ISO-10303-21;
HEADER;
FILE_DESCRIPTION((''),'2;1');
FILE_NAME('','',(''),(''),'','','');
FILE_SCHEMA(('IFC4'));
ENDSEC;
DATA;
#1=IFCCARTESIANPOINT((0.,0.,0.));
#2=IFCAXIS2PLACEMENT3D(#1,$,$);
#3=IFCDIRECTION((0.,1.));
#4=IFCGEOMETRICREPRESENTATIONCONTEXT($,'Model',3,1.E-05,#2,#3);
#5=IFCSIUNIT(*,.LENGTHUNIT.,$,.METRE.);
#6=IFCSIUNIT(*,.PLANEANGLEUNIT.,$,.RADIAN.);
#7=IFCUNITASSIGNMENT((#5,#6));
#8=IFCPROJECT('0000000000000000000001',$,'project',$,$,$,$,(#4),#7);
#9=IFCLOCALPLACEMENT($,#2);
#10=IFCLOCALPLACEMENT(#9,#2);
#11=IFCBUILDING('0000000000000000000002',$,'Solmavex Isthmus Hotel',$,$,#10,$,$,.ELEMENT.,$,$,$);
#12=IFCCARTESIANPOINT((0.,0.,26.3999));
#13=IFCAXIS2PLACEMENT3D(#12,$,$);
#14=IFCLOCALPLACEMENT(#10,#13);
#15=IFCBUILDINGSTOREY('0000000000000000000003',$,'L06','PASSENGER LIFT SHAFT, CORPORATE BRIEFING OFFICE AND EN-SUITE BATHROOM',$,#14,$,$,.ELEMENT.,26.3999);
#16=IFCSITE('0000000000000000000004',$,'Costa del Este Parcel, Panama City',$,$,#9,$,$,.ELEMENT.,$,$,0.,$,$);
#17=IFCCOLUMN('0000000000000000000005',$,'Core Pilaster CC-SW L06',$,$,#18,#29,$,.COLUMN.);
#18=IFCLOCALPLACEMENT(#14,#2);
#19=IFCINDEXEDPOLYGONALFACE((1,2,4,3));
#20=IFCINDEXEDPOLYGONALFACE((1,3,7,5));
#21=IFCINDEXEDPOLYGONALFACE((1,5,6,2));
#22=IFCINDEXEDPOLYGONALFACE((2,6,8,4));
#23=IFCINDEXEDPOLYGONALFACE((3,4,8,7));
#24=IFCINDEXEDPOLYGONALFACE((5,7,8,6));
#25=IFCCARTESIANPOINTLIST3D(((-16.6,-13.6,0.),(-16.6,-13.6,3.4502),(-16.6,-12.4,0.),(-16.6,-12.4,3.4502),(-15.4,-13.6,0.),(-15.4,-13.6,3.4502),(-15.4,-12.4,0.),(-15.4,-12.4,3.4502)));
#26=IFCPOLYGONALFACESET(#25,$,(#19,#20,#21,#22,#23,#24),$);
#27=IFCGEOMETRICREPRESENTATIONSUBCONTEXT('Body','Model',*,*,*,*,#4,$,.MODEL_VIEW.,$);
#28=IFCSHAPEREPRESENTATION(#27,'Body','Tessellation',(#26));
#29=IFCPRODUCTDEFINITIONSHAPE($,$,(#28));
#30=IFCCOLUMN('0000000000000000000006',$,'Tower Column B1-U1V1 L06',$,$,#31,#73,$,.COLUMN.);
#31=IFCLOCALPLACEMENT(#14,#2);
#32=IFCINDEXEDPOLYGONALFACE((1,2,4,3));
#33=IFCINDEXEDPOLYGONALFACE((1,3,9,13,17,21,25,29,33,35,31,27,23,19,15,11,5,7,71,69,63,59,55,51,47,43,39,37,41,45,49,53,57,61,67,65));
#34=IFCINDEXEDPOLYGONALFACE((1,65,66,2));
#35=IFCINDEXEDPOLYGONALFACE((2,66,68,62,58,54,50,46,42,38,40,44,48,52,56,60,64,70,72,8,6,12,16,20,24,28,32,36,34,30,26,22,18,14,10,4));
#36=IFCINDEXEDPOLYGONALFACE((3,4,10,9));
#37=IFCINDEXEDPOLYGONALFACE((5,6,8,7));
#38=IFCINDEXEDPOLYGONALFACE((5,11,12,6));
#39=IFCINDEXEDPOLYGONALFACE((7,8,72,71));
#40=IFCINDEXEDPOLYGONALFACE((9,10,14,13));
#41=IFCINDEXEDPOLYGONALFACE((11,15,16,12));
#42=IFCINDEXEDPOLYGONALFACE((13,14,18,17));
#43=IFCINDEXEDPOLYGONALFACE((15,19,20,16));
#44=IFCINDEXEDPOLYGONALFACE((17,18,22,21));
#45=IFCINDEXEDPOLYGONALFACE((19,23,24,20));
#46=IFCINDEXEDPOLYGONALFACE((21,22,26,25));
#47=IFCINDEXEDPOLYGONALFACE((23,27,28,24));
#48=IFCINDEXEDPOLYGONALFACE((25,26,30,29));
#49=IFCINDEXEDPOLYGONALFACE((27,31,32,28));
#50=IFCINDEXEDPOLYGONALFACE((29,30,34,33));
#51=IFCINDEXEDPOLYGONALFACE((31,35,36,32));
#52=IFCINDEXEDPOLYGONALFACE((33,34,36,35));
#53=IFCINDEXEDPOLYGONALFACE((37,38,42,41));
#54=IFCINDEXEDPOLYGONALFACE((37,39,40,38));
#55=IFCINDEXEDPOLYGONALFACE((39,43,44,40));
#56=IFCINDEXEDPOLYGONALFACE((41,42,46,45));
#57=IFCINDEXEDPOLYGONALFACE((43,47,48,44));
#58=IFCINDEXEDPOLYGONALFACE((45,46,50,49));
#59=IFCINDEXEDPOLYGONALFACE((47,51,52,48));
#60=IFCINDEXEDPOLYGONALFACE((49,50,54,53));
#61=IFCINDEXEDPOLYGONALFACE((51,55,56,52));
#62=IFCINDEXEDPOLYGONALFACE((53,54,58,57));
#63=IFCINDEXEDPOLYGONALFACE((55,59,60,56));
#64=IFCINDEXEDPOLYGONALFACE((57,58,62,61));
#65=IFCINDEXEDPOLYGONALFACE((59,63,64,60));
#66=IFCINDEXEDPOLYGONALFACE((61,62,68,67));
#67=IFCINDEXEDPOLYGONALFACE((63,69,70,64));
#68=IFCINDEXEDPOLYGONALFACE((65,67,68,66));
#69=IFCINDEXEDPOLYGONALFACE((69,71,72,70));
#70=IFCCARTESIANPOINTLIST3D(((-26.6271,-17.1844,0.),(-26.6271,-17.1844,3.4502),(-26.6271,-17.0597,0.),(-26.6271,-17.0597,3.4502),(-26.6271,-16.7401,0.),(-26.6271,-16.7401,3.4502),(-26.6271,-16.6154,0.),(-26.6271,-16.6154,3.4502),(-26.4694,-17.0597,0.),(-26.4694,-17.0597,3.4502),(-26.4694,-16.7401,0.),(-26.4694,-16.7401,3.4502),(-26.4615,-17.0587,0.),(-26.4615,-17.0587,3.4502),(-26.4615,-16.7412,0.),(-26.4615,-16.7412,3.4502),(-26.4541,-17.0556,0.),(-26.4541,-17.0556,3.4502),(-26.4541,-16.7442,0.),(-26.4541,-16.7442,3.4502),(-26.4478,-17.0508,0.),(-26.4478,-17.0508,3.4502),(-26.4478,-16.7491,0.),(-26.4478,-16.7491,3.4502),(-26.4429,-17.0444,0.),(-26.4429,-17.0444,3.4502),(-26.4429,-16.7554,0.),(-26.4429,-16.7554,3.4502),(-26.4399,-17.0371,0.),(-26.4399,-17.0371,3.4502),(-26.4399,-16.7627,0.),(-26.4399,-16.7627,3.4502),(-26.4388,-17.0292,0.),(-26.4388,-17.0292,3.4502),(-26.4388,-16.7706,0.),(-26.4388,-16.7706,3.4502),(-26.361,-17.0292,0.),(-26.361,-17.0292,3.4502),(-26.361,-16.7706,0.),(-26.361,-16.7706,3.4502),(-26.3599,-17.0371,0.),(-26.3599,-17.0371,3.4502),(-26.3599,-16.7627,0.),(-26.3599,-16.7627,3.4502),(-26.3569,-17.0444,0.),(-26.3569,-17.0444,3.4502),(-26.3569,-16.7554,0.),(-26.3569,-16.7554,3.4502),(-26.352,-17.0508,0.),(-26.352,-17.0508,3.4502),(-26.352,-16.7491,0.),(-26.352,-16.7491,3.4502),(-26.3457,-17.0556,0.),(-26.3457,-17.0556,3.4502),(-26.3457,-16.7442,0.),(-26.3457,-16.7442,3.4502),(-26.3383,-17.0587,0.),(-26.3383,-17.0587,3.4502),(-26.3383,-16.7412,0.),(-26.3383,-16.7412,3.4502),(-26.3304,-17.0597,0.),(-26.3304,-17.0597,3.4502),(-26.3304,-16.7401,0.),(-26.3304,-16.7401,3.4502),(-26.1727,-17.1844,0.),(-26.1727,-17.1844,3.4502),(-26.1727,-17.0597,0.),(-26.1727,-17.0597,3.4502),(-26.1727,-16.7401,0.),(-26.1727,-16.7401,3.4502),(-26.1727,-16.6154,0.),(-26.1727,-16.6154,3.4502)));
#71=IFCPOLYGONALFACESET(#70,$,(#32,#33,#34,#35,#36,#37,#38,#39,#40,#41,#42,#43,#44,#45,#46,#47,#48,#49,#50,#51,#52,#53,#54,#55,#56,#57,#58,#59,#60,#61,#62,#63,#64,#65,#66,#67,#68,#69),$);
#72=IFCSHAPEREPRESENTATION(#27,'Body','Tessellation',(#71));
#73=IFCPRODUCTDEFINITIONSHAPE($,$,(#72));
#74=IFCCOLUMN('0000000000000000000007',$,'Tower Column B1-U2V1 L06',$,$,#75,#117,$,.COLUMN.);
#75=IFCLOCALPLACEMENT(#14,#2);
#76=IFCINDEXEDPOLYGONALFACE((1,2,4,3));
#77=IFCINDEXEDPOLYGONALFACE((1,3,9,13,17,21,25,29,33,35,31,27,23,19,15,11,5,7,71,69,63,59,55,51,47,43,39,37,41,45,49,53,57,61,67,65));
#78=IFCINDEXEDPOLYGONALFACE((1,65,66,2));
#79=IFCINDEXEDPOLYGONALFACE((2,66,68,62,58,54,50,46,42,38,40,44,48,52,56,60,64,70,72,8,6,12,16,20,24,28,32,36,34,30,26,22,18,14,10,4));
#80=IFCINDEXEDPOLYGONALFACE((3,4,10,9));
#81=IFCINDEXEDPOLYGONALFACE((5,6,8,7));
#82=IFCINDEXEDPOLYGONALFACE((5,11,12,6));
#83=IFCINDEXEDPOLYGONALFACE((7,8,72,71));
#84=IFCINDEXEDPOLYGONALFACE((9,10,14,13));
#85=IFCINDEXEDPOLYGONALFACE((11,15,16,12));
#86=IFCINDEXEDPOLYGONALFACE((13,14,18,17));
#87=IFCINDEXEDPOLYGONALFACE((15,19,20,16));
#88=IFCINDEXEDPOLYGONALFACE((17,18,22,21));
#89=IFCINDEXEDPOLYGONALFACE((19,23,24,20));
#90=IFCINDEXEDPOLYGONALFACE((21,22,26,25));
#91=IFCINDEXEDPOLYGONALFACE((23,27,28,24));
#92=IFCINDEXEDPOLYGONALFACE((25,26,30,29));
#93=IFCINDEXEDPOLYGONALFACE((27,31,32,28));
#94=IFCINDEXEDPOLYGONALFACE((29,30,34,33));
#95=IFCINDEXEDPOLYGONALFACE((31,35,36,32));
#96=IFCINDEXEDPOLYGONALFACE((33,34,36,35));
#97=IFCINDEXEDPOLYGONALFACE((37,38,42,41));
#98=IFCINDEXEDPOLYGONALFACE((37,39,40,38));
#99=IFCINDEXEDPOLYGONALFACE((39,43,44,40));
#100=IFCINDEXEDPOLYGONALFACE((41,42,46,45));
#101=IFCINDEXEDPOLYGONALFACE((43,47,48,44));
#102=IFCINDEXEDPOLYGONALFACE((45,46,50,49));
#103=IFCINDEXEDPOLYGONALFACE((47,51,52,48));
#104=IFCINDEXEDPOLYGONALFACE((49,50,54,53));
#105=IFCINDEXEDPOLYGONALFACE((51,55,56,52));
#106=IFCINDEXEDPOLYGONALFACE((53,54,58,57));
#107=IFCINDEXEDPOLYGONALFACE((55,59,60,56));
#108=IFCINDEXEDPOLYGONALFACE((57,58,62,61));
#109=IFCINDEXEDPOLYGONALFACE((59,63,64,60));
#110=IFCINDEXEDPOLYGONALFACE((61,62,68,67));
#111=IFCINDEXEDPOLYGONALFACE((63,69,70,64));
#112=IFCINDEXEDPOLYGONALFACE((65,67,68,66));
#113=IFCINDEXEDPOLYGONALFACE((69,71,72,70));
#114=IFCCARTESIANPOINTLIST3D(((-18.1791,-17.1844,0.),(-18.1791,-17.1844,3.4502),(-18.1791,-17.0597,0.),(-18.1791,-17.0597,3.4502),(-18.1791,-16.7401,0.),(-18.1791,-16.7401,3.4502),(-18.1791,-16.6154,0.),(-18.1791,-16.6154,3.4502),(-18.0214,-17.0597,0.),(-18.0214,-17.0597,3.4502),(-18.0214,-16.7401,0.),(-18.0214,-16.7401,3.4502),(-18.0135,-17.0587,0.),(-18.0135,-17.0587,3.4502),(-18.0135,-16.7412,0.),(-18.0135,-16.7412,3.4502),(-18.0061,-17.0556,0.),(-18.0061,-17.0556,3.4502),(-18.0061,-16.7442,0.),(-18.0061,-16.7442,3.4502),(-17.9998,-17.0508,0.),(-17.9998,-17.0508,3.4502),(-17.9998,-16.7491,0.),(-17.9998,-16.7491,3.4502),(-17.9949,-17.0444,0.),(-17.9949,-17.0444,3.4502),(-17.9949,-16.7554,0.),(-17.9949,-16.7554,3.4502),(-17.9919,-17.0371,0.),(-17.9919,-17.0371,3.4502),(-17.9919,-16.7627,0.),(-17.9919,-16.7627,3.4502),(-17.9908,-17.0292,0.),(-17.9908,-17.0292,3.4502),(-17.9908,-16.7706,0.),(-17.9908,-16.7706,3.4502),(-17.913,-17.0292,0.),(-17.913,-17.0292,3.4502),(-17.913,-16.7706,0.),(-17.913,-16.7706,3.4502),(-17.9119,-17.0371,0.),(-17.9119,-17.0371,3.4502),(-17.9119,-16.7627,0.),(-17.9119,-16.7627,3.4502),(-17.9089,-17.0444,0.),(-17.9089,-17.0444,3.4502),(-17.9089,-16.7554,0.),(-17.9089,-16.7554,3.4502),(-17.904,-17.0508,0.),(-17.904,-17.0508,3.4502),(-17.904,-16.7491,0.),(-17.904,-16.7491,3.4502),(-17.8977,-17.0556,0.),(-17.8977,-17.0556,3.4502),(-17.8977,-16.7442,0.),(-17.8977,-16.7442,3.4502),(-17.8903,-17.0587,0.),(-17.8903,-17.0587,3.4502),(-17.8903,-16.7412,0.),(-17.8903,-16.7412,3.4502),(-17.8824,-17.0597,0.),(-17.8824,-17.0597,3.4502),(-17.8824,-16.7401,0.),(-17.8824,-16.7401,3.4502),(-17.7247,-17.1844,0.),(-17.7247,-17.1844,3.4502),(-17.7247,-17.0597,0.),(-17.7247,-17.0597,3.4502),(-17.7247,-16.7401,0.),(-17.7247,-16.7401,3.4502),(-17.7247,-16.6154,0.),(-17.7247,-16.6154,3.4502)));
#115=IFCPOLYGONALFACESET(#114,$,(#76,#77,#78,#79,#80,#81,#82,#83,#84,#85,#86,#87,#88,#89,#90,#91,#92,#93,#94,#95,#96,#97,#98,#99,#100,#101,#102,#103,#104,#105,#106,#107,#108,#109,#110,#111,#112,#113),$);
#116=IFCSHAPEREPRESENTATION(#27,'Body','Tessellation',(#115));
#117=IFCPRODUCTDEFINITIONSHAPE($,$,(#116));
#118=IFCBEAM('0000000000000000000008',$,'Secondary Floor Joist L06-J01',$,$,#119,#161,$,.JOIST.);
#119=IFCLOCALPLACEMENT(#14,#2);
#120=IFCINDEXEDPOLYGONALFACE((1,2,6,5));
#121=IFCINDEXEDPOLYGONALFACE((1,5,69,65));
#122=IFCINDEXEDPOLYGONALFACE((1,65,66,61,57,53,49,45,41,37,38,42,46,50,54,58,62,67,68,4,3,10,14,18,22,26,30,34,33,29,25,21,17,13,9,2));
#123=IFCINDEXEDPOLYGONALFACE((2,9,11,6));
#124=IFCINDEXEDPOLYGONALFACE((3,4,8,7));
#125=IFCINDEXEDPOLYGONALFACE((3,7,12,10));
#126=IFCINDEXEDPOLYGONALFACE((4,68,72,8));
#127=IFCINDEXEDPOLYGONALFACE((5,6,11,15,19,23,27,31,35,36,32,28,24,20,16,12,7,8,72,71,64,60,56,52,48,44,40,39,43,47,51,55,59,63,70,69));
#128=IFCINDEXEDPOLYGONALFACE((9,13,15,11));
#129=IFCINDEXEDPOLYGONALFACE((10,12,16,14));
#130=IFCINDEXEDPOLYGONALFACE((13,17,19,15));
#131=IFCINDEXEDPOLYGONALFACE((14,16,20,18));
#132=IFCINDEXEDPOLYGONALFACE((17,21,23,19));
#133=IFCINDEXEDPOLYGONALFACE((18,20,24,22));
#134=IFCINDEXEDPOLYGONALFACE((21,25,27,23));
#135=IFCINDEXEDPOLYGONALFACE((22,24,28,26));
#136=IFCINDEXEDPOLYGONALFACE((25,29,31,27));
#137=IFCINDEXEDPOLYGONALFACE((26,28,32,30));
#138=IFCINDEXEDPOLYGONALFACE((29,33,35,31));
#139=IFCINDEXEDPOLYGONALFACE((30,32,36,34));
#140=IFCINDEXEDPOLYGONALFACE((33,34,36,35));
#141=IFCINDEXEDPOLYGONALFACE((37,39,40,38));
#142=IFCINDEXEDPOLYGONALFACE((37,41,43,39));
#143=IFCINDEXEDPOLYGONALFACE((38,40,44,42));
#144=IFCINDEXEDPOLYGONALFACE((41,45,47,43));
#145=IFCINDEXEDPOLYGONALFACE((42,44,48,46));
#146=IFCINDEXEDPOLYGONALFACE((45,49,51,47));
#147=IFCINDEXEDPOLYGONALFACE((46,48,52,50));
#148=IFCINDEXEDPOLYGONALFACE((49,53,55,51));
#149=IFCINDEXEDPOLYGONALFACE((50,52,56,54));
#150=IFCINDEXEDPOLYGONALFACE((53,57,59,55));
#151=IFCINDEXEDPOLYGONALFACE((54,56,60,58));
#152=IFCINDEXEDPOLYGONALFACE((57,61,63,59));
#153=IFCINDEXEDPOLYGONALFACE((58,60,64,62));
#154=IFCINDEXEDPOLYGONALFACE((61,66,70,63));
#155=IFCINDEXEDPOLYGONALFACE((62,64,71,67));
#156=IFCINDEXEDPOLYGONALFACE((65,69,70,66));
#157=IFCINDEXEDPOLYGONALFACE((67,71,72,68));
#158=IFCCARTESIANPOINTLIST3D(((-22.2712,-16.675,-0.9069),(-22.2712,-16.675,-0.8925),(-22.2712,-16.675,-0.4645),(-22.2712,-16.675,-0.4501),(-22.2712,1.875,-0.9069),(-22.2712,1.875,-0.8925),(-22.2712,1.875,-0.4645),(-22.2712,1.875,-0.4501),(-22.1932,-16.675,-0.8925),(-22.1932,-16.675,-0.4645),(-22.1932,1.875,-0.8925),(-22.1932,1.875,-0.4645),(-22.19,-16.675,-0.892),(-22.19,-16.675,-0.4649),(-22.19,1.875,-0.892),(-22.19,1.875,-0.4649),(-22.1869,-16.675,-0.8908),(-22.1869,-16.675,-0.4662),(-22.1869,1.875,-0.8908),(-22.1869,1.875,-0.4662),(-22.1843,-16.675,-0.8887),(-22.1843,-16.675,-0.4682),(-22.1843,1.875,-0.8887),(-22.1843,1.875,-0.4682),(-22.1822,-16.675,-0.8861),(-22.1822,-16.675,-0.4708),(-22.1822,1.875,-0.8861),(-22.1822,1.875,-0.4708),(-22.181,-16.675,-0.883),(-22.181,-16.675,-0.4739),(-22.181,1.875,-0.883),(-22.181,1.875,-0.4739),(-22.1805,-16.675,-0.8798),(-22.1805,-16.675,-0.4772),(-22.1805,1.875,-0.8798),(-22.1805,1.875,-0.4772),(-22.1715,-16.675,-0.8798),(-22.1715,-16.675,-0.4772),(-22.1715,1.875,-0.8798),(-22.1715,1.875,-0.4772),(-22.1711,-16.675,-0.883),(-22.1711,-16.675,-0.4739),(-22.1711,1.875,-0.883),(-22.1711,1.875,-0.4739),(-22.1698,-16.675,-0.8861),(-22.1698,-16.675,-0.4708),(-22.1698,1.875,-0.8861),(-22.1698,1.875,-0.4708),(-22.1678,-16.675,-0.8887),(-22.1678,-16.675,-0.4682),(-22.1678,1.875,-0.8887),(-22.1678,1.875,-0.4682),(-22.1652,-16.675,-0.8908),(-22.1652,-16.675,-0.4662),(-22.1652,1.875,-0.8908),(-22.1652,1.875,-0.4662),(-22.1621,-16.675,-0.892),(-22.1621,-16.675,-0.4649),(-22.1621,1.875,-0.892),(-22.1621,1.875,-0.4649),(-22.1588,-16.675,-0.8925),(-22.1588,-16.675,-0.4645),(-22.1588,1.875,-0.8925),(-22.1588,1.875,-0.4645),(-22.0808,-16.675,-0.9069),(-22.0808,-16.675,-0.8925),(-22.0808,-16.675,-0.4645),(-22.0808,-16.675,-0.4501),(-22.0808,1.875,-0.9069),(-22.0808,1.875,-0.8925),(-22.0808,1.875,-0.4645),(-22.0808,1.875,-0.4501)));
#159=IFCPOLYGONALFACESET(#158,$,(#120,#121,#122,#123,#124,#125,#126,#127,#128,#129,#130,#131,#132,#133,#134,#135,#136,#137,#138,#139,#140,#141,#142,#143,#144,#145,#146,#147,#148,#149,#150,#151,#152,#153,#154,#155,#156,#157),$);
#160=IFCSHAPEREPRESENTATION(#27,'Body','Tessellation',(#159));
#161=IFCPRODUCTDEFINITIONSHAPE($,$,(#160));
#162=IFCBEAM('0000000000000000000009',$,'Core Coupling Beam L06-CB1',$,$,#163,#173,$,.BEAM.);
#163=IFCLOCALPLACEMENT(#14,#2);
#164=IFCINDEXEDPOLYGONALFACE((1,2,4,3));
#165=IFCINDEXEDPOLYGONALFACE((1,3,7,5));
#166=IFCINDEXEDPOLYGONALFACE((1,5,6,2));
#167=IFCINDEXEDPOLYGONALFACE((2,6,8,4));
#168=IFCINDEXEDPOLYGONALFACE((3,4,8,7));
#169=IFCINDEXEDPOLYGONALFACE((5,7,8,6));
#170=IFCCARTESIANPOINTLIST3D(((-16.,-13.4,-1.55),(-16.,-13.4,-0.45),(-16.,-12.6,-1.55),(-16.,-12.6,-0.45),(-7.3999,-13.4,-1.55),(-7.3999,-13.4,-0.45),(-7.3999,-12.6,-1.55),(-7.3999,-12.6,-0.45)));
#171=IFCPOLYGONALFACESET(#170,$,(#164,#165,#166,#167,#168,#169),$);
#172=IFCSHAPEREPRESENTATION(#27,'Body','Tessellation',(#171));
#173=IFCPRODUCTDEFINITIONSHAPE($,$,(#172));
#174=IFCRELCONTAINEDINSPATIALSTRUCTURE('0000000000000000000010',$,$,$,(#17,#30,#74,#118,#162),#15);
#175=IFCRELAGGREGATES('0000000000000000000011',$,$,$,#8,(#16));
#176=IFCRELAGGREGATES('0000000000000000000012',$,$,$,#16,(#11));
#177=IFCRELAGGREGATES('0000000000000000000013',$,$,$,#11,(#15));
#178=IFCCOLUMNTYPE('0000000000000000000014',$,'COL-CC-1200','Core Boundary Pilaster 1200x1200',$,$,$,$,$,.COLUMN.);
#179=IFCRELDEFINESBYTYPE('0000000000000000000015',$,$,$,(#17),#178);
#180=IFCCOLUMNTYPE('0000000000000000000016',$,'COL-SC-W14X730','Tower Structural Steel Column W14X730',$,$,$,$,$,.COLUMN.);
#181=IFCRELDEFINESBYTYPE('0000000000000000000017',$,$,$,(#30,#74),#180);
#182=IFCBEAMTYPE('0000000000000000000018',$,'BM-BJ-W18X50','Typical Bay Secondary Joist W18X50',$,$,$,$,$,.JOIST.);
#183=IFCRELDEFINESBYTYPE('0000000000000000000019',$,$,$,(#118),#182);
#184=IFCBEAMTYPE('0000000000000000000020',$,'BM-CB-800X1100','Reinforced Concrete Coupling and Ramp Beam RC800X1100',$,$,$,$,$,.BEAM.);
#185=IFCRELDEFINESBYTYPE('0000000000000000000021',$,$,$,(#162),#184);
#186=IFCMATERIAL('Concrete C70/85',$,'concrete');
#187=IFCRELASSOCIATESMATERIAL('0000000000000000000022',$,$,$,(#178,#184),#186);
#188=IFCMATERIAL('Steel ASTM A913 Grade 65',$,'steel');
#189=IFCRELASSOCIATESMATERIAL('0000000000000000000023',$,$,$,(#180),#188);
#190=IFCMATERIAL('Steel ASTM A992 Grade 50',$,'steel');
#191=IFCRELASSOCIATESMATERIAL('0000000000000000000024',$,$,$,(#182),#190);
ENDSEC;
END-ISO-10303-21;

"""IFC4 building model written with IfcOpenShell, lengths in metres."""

from ifc_helpers import new_model, si_unit, direction, frame, origin, origin_2d, place, context, subcontext, project, spatial, rectangle, i_section, extrude, material, material_profile, profile_set, type_object, element, save


model = new_model("IFC4")

# Units and contexts
model_context = context("Model", 3, precision=1e-05, world=origin(), true_north=direction((0.0, 1.0)))
body_context = subcontext(model_context, "Body", "Model", "MODEL_VIEW")
ifc_project = project(units=[si_unit("LENGTHUNIT", "METRE"), si_unit("PLANEANGLEUNIT", "RADIAN")], contexts=[model_context])

# Site, building, storey
site_placement = place(None, origin())
site = spatial("IfcSite", under=ifc_project, at=site_placement, Name="Costa del Este Parcel, Panama City", CompositionType="ELEMENT", RefElevation=0.0)
building_placement = place(site_placement, origin())
building = spatial("IfcBuilding", under=site, at=building_placement, Name="Solmavex Isthmus Hotel", CompositionType="ELEMENT")
storey_placement = place(building_placement, frame((0.0, 0.0, 26.3999)))
storey = spatial("IfcBuildingStorey", under=building, at=storey_placement, Name="L06", Description="PASSENGER LIFT SHAFT, CORPORATE BRIEFING OFFICE AND EN-SUITE BATHROOM", CompositionType="ELEMENT", Elevation=26.3999)

# Columns
ifc_material_1 = material(Name="Concrete C70/85", Category="concrete")
ifc_material_profile_1 = material_profile(ifc_material_1, rectangle(XDim=1.2, YDim=1.2, at=origin_2d()), Name="RC1200X1200")
ifc_profile_set_1 = profile_set([ifc_material_profile_1], Name="Concrete C70/85")
column_type_1 = type_object("IfcColumnType", Name="COL-CC-1200", Description="Core Boundary Pilaster 1200x1200", PredefinedType="COLUMN", material=ifc_profile_set_1)
column_placement = place(storey_placement, frame((-16.0, -13.0, 0.0), z_axis=(0.0, 0.0, 1.0), x_axis=(1.0, 0.0, 0.0)))
element("IfcColumn", 1, at=column_placement, inside=storey, type_object=column_type_1, Name="Core Pilaster CC-SW L06", PredefinedType="COLUMN", context=body_context, shape_type="SweptSolid", body=[
    extrude(rectangle(XDim=1.2, YDim=1.2, at=origin_2d()), origin(), (0.0, 0.0, 1.0), 3.4502),
])
ifc_material_2 = material(Name="Steel ASTM A913 Grade 65", Category="steel")
ifc_material_profile_2 = material_profile(ifc_material_2, i_section(OverallWidth=0.4543, OverallDepth=0.5691, WebThickness=0.0779, FlangeThickness=0.1248, FilletRadius=0.0305, at=origin_2d()), Name="W14X730")
ifc_profile_set_2 = profile_set([ifc_material_profile_2], Name="Steel ASTM A913 Grade 65")
column_type_2 = type_object("IfcColumnType", Name="COL-SC-W14X730", Description="Tower Structural Steel Column W14X730", PredefinedType="COLUMN", material=ifc_profile_set_2)
for number, where, z_axis, x_axis, name in (
    (2, (-26.3999, -16.8999, 0.0), (0.0, 0.0, 1.0), (1.0, 0.0, 0.0), "Tower Column B1-U1V1 L06"),
    (3, (-17.9519, -16.8999, 0.0), (0.0, 0.0, 1.0), (1.0, 0.0, 0.0), "Tower Column B1-U2V1 L06"),
):
    element("IfcColumn", number, at=place(storey_placement, frame(where, z_axis=z_axis, x_axis=x_axis)), inside=storey, type_object=column_type_2, Name=name, PredefinedType="COLUMN", context=body_context, shape_type="SweptSolid", body=[
        extrude(i_section(OverallWidth=0.4543, OverallDepth=0.5691, WebThickness=0.0779, FlangeThickness=0.1248, FilletRadius=0.0305, at=origin_2d()), origin(), (0.0, 0.0, 1.0), 3.4502),
    ])

# Beams
ifc_material_3 = material(Name="Steel ASTM A992 Grade 50", Category="steel")
ifc_material_profile_3 = material_profile(ifc_material_3, i_section(OverallWidth=0.1904, OverallDepth=0.4568, WebThickness=0.009, FlangeThickness=0.0144, FilletRadius=0.0127, at=origin_2d()), Name="W18X50")
ifc_profile_set_3 = profile_set([ifc_material_profile_3], Name="Steel ASTM A992 Grade 50")
beam_type_1 = type_object("IfcBeamType", Name="BM-BJ-W18X50", Description="Typical Bay Secondary Joist W18X50", PredefinedType="JOIST", material=ifc_profile_set_3)
beam_1_placement = place(storey_placement, frame((-22.176, -16.675, -0.6785), z_axis=(0.0, 1.0, 0.0), x_axis=(-1.0, 0.0, 0.0)))
element("IfcBeam", 4, at=beam_1_placement, inside=storey, type_object=beam_type_1, Name="Secondary Floor Joist L06-J01", PredefinedType="JOIST", context=body_context, shape_type="SweptSolid", body=[
    extrude(i_section(OverallWidth=0.1904, OverallDepth=0.4568, WebThickness=0.009, FlangeThickness=0.0144, FilletRadius=0.0127, at=origin_2d()), origin(), (0.0, 0.0, 1.0), 18.55),
])
ifc_material_profile_4 = material_profile(ifc_material_1, rectangle(XDim=0.8, YDim=1.1001, at=origin_2d()), Name="RC800X1100")
ifc_profile_set_4 = profile_set([ifc_material_profile_4], Name="Concrete C70/85")
beam_type_2 = type_object("IfcBeamType", Name="BM-CB-800X1100", Description="Reinforced Concrete Coupling and Ramp Beam RC800X1100", PredefinedType="BEAM", material=ifc_profile_set_4)
beam_2_placement = place(storey_placement, frame((-16.0, -13.0, -1.0), z_axis=(1.0, 0.0, 0.0), x_axis=(0.0, 1.0, 0.0)))
element("IfcBeam", 5, at=beam_2_placement, inside=storey, type_object=beam_type_2, Name="Core Coupling Beam L06-CB1", PredefinedType="BEAM", context=body_context, shape_type="SweptSolid", body=[
    extrude(rectangle(XDim=0.8, YDim=1.1001, at=origin_2d()), origin(), (0.0, 0.0, 1.0), 8.6001),
])

save(model, "model.ifc")
